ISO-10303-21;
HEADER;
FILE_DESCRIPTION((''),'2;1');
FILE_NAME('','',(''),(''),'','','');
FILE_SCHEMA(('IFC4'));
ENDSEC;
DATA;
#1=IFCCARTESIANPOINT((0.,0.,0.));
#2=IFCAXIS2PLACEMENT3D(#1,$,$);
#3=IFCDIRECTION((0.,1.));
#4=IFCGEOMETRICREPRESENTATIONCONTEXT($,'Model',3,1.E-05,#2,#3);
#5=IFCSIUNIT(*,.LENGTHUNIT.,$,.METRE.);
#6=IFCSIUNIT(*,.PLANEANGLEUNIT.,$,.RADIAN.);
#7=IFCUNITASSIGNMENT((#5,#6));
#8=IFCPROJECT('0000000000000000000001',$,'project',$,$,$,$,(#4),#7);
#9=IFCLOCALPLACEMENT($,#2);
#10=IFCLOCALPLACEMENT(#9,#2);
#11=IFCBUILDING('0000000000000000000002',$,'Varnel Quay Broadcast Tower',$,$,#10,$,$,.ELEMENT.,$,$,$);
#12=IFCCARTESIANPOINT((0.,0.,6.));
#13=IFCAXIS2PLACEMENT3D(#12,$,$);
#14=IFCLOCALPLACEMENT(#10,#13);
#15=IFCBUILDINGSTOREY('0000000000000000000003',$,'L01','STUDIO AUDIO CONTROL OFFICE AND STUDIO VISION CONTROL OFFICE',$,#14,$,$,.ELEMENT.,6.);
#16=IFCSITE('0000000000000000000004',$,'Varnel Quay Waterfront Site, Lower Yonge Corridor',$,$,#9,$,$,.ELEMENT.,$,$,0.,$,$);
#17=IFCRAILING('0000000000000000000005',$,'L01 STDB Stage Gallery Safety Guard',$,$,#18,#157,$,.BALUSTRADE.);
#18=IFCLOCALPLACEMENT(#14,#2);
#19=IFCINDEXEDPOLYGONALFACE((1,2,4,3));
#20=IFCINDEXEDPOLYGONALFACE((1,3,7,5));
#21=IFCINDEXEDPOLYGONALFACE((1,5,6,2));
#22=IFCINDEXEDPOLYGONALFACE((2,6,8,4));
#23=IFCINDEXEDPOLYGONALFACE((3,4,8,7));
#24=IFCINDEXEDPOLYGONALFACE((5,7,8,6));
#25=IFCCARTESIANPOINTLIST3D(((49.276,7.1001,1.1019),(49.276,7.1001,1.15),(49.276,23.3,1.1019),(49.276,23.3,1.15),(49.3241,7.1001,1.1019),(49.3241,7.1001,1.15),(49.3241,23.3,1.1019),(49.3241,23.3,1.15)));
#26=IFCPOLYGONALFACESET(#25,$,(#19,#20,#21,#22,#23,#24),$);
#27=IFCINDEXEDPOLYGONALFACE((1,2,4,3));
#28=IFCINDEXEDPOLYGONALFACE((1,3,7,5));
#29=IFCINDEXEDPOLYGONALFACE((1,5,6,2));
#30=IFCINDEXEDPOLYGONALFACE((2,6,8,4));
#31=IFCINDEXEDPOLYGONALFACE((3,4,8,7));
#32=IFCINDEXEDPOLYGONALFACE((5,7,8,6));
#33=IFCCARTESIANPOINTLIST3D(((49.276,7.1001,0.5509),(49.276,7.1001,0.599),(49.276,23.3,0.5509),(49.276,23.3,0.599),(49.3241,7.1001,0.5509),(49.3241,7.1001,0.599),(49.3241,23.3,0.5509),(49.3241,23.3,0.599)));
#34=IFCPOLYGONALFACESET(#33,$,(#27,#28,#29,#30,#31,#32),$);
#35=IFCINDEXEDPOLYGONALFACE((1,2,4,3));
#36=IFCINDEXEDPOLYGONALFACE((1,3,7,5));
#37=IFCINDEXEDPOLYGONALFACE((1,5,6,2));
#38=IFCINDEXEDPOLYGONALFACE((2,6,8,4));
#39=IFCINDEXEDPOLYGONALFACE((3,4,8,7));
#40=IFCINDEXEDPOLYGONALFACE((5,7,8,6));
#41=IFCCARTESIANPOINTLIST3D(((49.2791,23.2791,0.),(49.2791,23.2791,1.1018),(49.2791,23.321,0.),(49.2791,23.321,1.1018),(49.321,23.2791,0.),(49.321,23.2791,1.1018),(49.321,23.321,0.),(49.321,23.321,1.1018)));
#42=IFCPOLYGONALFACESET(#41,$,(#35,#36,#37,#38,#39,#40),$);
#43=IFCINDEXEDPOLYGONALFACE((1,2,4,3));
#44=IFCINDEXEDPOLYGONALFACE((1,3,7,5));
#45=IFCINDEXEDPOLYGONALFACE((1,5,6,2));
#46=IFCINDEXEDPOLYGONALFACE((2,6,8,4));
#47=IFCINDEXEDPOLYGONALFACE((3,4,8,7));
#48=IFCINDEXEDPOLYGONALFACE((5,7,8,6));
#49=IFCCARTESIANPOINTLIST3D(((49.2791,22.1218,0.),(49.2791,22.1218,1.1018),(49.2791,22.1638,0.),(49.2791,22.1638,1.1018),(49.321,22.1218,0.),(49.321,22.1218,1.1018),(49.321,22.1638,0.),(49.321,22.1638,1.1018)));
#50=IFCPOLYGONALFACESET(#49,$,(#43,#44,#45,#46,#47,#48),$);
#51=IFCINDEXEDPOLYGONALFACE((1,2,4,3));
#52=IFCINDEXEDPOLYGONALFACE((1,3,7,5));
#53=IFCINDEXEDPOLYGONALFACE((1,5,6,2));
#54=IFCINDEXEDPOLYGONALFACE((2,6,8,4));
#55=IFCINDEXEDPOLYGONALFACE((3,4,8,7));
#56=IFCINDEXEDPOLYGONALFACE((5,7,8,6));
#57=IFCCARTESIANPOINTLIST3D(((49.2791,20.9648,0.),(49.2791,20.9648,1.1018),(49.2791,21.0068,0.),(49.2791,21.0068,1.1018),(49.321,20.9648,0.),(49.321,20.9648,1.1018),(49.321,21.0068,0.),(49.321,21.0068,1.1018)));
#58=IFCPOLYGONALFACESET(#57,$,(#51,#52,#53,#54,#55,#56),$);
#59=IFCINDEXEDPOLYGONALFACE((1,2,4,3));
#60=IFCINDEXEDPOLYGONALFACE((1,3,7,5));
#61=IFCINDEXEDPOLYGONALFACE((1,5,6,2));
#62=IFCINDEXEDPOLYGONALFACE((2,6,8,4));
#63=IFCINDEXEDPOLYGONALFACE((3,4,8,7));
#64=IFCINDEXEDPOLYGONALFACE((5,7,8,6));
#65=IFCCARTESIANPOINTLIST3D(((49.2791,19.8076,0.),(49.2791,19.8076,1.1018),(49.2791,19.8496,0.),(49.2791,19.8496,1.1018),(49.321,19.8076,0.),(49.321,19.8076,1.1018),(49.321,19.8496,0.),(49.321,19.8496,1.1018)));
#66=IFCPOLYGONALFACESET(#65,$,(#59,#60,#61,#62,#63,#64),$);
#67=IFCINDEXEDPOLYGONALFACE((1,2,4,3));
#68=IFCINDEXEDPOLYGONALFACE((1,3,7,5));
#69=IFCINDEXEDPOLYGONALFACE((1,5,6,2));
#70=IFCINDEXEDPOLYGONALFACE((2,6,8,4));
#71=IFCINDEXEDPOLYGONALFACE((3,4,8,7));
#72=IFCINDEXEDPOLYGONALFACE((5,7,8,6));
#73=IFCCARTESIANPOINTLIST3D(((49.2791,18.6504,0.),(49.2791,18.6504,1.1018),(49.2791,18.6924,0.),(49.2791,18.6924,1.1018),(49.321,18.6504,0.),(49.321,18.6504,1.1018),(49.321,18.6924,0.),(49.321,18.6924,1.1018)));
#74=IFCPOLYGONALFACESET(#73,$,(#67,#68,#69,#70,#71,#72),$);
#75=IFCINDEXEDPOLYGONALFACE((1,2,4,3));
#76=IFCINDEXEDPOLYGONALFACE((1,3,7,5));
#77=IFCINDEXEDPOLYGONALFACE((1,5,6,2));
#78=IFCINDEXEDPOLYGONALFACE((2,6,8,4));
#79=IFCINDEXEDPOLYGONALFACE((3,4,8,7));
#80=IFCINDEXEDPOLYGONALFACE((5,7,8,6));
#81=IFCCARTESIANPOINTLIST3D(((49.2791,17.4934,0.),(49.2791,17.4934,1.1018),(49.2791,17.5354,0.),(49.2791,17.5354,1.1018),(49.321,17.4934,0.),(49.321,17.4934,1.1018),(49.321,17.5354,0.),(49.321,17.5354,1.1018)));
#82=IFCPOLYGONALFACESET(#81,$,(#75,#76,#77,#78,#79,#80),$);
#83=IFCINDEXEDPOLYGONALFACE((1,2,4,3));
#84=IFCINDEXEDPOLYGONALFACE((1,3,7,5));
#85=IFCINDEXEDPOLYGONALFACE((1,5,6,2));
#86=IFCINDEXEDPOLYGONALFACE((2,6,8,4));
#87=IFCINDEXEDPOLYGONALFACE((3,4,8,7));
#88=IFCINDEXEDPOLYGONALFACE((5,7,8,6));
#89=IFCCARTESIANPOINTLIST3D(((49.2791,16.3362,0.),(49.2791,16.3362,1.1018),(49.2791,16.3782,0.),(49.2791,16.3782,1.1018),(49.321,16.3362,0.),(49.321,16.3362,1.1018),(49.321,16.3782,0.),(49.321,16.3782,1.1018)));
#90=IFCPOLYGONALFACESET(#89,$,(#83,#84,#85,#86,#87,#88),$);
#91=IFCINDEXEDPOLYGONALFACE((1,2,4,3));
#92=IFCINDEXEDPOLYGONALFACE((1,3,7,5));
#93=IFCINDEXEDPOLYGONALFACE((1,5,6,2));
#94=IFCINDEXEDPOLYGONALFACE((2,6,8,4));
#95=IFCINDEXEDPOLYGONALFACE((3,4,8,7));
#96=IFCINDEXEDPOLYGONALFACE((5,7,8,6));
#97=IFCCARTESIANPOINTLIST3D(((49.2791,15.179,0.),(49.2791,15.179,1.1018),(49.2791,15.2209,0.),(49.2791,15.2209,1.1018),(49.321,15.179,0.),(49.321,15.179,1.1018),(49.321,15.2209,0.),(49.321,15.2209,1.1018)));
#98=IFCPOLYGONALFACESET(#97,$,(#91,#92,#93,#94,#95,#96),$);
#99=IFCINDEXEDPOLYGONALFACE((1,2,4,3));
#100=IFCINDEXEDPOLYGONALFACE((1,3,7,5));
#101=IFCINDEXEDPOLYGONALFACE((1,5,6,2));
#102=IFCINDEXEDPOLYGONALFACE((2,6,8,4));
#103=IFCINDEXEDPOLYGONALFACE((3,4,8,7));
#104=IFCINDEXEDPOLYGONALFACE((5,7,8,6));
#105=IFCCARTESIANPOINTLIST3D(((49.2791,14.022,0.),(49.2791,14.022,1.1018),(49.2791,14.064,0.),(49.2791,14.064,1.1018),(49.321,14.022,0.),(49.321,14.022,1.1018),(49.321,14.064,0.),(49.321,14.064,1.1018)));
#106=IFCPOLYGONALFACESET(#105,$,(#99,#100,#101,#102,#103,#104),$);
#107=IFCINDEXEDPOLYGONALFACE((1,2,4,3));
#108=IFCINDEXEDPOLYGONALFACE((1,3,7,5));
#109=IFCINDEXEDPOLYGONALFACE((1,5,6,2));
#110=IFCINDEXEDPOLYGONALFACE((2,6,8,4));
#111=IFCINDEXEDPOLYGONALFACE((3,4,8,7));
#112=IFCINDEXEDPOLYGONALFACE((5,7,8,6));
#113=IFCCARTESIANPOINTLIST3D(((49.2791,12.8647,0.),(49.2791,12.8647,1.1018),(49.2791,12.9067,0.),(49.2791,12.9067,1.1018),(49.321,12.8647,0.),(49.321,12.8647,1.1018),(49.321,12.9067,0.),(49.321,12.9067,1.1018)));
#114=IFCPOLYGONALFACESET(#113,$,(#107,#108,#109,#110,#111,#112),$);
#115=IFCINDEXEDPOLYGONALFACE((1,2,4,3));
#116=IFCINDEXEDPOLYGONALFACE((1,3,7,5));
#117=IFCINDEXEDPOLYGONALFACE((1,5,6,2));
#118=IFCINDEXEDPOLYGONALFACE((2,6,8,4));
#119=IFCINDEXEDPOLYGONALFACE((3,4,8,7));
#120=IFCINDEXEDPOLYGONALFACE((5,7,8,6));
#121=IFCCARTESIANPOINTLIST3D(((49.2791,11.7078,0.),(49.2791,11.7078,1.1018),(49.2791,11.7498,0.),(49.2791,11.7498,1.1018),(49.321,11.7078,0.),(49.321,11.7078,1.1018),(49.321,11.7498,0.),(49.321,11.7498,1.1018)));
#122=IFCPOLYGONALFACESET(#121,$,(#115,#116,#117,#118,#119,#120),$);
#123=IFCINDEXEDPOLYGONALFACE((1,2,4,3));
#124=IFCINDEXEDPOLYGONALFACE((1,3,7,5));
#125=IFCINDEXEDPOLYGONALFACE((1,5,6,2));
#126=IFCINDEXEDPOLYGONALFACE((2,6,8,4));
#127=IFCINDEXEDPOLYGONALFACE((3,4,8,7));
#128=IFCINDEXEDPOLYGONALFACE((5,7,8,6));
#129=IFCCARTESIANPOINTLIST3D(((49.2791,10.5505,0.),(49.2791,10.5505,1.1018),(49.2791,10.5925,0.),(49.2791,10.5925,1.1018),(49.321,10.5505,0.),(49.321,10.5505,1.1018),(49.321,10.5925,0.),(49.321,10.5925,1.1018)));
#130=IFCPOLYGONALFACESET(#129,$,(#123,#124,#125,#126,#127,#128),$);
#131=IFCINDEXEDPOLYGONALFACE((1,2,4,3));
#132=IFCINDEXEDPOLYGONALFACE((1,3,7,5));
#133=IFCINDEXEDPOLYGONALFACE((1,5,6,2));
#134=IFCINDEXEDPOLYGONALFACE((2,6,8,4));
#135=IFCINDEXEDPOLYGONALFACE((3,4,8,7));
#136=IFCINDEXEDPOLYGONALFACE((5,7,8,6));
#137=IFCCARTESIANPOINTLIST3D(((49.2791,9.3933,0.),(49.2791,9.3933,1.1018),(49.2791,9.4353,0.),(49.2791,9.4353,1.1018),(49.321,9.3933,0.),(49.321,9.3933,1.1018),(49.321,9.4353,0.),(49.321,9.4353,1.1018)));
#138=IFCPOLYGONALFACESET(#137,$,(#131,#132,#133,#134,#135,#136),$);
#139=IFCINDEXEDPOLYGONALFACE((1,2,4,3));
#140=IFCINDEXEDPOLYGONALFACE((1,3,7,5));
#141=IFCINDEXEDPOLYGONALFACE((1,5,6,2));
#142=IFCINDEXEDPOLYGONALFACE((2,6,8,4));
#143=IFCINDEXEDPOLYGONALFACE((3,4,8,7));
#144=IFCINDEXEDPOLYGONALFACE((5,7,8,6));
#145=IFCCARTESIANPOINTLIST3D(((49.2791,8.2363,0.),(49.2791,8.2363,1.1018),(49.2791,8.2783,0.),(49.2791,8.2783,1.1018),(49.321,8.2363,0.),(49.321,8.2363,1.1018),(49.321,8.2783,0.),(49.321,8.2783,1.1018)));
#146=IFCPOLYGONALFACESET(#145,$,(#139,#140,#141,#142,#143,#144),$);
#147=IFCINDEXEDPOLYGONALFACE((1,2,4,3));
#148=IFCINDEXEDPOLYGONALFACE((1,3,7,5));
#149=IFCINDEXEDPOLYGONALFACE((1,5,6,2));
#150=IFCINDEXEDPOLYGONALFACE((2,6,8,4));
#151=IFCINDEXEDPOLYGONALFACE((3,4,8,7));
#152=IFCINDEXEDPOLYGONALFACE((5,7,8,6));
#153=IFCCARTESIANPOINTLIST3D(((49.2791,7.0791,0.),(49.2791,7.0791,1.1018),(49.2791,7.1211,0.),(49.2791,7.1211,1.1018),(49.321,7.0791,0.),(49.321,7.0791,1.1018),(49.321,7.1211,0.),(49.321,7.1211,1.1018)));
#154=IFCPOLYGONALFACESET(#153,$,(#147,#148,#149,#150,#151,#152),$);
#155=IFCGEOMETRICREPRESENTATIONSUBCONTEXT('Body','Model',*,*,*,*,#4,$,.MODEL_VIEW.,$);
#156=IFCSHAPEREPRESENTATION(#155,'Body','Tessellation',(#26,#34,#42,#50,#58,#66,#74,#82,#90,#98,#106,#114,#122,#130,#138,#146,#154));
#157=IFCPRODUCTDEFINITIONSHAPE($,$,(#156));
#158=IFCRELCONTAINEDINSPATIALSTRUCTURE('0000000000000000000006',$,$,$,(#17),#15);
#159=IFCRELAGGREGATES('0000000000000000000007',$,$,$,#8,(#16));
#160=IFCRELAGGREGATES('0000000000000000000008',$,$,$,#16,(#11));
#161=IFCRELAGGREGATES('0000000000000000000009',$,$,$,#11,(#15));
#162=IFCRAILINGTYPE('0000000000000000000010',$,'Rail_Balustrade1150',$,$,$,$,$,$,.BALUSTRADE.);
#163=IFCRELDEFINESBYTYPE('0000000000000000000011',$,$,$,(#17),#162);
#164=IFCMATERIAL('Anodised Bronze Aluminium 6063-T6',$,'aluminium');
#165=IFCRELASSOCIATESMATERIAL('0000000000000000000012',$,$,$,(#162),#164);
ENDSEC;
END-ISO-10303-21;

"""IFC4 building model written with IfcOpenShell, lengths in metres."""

from ifc_helpers import new_model, si_unit, direction, frame, origin, origin_2d, place, context, subcontext, project, spatial, rectangle, extrude, material, type_object, element, save


model = new_model("IFC4")

# Units and contexts
model_context = context("Model", 3, precision=1e-05, world=origin(), true_north=direction((0.0, 1.0)))
body_context = subcontext(model_context, "Body", "Model", "MODEL_VIEW")
ifc_project = project(units=[si_unit("LENGTHUNIT", "METRE"), si_unit("PLANEANGLEUNIT", "RADIAN")], contexts=[model_context])

# Site, building, storey
site_placement = place(None, origin())
site = spatial("IfcSite", under=ifc_project, at=site_placement, Name="Varnel Quay Waterfront Site, Lower Yonge Corridor", CompositionType="ELEMENT", RefElevation=0.0)
building_placement = place(site_placement, origin())
building = spatial("IfcBuilding", under=site, at=building_placement, Name="Varnel Quay Broadcast Tower", CompositionType="ELEMENT")
storey_placement = place(building_placement, frame((0.0, 0.0, 6.0)))
storey = spatial("IfcBuildingStorey", under=building, at=storey_placement, Name="L01", Description="STUDIO AUDIO CONTROL OFFICE AND STUDIO VISION CONTROL OFFICE", CompositionType="ELEMENT", Elevation=6.0)

# Railing
ifc_material_1 = material(Name="Anodised Bronze Aluminium 6063-T6", Category="aluminium")
railing_type = type_object("IfcRailingType", Name="Rail_Balustrade1150", PredefinedType="BALUSTRADE", material=ifc_material_1)
railing_placement = place(storey_placement, frame((49.3, 23.3, 0.0)))
element("IfcRailing", 1, at=railing_placement, inside=storey, type_object=railing_type, Name="L01 STDB Stage Gallery Safety Guard", PredefinedType="BALUSTRADE", context=body_context, shape_type="SweptSolid", body=[
    extrude(rectangle(XDim=0.0481, YDim=0.0481, at=origin_2d()), frame((0.0, 0.0, 1.126), z_axis=(0.0, -1.0, 0.0), x_axis=(1.0, 0.0, 0.0)), (0.0, 0.0, 1.0), 16.2),
    extrude(rectangle(XDim=0.0481, YDim=0.0481, at=origin_2d()), frame((0.0, 0.0, 0.575), z_axis=(0.0, -1.0, 0.0), x_axis=(1.0, 0.0, 0.0)), (0.0, 0.0, 1.0), 16.2),
    extrude(rectangle(XDim=0.042, YDim=0.042, at=origin_2d()), origin(), (0.0, 0.0, 1.0), 1.1018),
    extrude(rectangle(XDim=0.042, YDim=0.042, at=origin_2d()), frame((0.0, -1.1572, 0.0)), (0.0, 0.0, 1.0), 1.1018),
    extrude(rectangle(XDim=0.042, YDim=0.042, at=origin_2d()), frame((0.0, -2.3142, 0.0)), (0.0, 0.0, 1.0), 1.1018),
    extrude(rectangle(XDim=0.042, YDim=0.042, at=origin_2d()), frame((0.0, -3.4714, 0.0)), (0.0, 0.0, 1.0), 1.1018),
    extrude(rectangle(XDim=0.042, YDim=0.042, at=origin_2d()), frame((0.0, -4.6287, 0.0)), (0.0, 0.0, 1.0), 1.1018),
    extrude(rectangle(XDim=0.042, YDim=0.042, at=origin_2d()), frame((0.0, -5.7856, 0.0)), (0.0, 0.0, 1.0), 1.1018),
    extrude(rectangle(XDim=0.042, YDim=0.042, at=origin_2d()), frame((0.0, -6.9429, 0.0)), (0.0, 0.0, 1.0), 1.1018),
    extrude(rectangle(XDim=0.042, YDim=0.042, at=origin_2d()), frame((0.0, -8.1001, 0.0)), (0.0, 0.0, 1.0), 1.1018),
    extrude(rectangle(XDim=0.042, YDim=0.042, at=origin_2d()), frame((0.0, -9.2571, 0.0)), (0.0, 0.0, 1.0), 1.1018),
    extrude(rectangle(XDim=0.042, YDim=0.042, at=origin_2d()), frame((0.0, -10.4143, 0.0)), (0.0, 0.0, 1.0), 1.1018),
    extrude(rectangle(XDim=0.042, YDim=0.042, at=origin_2d()), frame((0.0, -11.5713, 0.0)), (0.0, 0.0, 1.0), 1.1018),
    extrude(rectangle(XDim=0.042, YDim=0.042, at=origin_2d()), frame((0.0, -12.7285, 0.0)), (0.0, 0.0, 1.0), 1.1018),
    extrude(rectangle(XDim=0.042, YDim=0.042, at=origin_2d()), frame((0.0, -13.8857, 0.0)), (0.0, 0.0, 1.0), 1.1018),
    extrude(rectangle(XDim=0.042, YDim=0.042, at=origin_2d()), frame((0.0, -15.0427, 0.0)), (0.0, 0.0, 1.0), 1.1018),
    extrude(rectangle(XDim=0.042, YDim=0.042, at=origin_2d()), frame((0.0, -16.2, 0.0)), (0.0, 0.0, 1.0), 1.1018),
])

save(model, "model.ifc")
